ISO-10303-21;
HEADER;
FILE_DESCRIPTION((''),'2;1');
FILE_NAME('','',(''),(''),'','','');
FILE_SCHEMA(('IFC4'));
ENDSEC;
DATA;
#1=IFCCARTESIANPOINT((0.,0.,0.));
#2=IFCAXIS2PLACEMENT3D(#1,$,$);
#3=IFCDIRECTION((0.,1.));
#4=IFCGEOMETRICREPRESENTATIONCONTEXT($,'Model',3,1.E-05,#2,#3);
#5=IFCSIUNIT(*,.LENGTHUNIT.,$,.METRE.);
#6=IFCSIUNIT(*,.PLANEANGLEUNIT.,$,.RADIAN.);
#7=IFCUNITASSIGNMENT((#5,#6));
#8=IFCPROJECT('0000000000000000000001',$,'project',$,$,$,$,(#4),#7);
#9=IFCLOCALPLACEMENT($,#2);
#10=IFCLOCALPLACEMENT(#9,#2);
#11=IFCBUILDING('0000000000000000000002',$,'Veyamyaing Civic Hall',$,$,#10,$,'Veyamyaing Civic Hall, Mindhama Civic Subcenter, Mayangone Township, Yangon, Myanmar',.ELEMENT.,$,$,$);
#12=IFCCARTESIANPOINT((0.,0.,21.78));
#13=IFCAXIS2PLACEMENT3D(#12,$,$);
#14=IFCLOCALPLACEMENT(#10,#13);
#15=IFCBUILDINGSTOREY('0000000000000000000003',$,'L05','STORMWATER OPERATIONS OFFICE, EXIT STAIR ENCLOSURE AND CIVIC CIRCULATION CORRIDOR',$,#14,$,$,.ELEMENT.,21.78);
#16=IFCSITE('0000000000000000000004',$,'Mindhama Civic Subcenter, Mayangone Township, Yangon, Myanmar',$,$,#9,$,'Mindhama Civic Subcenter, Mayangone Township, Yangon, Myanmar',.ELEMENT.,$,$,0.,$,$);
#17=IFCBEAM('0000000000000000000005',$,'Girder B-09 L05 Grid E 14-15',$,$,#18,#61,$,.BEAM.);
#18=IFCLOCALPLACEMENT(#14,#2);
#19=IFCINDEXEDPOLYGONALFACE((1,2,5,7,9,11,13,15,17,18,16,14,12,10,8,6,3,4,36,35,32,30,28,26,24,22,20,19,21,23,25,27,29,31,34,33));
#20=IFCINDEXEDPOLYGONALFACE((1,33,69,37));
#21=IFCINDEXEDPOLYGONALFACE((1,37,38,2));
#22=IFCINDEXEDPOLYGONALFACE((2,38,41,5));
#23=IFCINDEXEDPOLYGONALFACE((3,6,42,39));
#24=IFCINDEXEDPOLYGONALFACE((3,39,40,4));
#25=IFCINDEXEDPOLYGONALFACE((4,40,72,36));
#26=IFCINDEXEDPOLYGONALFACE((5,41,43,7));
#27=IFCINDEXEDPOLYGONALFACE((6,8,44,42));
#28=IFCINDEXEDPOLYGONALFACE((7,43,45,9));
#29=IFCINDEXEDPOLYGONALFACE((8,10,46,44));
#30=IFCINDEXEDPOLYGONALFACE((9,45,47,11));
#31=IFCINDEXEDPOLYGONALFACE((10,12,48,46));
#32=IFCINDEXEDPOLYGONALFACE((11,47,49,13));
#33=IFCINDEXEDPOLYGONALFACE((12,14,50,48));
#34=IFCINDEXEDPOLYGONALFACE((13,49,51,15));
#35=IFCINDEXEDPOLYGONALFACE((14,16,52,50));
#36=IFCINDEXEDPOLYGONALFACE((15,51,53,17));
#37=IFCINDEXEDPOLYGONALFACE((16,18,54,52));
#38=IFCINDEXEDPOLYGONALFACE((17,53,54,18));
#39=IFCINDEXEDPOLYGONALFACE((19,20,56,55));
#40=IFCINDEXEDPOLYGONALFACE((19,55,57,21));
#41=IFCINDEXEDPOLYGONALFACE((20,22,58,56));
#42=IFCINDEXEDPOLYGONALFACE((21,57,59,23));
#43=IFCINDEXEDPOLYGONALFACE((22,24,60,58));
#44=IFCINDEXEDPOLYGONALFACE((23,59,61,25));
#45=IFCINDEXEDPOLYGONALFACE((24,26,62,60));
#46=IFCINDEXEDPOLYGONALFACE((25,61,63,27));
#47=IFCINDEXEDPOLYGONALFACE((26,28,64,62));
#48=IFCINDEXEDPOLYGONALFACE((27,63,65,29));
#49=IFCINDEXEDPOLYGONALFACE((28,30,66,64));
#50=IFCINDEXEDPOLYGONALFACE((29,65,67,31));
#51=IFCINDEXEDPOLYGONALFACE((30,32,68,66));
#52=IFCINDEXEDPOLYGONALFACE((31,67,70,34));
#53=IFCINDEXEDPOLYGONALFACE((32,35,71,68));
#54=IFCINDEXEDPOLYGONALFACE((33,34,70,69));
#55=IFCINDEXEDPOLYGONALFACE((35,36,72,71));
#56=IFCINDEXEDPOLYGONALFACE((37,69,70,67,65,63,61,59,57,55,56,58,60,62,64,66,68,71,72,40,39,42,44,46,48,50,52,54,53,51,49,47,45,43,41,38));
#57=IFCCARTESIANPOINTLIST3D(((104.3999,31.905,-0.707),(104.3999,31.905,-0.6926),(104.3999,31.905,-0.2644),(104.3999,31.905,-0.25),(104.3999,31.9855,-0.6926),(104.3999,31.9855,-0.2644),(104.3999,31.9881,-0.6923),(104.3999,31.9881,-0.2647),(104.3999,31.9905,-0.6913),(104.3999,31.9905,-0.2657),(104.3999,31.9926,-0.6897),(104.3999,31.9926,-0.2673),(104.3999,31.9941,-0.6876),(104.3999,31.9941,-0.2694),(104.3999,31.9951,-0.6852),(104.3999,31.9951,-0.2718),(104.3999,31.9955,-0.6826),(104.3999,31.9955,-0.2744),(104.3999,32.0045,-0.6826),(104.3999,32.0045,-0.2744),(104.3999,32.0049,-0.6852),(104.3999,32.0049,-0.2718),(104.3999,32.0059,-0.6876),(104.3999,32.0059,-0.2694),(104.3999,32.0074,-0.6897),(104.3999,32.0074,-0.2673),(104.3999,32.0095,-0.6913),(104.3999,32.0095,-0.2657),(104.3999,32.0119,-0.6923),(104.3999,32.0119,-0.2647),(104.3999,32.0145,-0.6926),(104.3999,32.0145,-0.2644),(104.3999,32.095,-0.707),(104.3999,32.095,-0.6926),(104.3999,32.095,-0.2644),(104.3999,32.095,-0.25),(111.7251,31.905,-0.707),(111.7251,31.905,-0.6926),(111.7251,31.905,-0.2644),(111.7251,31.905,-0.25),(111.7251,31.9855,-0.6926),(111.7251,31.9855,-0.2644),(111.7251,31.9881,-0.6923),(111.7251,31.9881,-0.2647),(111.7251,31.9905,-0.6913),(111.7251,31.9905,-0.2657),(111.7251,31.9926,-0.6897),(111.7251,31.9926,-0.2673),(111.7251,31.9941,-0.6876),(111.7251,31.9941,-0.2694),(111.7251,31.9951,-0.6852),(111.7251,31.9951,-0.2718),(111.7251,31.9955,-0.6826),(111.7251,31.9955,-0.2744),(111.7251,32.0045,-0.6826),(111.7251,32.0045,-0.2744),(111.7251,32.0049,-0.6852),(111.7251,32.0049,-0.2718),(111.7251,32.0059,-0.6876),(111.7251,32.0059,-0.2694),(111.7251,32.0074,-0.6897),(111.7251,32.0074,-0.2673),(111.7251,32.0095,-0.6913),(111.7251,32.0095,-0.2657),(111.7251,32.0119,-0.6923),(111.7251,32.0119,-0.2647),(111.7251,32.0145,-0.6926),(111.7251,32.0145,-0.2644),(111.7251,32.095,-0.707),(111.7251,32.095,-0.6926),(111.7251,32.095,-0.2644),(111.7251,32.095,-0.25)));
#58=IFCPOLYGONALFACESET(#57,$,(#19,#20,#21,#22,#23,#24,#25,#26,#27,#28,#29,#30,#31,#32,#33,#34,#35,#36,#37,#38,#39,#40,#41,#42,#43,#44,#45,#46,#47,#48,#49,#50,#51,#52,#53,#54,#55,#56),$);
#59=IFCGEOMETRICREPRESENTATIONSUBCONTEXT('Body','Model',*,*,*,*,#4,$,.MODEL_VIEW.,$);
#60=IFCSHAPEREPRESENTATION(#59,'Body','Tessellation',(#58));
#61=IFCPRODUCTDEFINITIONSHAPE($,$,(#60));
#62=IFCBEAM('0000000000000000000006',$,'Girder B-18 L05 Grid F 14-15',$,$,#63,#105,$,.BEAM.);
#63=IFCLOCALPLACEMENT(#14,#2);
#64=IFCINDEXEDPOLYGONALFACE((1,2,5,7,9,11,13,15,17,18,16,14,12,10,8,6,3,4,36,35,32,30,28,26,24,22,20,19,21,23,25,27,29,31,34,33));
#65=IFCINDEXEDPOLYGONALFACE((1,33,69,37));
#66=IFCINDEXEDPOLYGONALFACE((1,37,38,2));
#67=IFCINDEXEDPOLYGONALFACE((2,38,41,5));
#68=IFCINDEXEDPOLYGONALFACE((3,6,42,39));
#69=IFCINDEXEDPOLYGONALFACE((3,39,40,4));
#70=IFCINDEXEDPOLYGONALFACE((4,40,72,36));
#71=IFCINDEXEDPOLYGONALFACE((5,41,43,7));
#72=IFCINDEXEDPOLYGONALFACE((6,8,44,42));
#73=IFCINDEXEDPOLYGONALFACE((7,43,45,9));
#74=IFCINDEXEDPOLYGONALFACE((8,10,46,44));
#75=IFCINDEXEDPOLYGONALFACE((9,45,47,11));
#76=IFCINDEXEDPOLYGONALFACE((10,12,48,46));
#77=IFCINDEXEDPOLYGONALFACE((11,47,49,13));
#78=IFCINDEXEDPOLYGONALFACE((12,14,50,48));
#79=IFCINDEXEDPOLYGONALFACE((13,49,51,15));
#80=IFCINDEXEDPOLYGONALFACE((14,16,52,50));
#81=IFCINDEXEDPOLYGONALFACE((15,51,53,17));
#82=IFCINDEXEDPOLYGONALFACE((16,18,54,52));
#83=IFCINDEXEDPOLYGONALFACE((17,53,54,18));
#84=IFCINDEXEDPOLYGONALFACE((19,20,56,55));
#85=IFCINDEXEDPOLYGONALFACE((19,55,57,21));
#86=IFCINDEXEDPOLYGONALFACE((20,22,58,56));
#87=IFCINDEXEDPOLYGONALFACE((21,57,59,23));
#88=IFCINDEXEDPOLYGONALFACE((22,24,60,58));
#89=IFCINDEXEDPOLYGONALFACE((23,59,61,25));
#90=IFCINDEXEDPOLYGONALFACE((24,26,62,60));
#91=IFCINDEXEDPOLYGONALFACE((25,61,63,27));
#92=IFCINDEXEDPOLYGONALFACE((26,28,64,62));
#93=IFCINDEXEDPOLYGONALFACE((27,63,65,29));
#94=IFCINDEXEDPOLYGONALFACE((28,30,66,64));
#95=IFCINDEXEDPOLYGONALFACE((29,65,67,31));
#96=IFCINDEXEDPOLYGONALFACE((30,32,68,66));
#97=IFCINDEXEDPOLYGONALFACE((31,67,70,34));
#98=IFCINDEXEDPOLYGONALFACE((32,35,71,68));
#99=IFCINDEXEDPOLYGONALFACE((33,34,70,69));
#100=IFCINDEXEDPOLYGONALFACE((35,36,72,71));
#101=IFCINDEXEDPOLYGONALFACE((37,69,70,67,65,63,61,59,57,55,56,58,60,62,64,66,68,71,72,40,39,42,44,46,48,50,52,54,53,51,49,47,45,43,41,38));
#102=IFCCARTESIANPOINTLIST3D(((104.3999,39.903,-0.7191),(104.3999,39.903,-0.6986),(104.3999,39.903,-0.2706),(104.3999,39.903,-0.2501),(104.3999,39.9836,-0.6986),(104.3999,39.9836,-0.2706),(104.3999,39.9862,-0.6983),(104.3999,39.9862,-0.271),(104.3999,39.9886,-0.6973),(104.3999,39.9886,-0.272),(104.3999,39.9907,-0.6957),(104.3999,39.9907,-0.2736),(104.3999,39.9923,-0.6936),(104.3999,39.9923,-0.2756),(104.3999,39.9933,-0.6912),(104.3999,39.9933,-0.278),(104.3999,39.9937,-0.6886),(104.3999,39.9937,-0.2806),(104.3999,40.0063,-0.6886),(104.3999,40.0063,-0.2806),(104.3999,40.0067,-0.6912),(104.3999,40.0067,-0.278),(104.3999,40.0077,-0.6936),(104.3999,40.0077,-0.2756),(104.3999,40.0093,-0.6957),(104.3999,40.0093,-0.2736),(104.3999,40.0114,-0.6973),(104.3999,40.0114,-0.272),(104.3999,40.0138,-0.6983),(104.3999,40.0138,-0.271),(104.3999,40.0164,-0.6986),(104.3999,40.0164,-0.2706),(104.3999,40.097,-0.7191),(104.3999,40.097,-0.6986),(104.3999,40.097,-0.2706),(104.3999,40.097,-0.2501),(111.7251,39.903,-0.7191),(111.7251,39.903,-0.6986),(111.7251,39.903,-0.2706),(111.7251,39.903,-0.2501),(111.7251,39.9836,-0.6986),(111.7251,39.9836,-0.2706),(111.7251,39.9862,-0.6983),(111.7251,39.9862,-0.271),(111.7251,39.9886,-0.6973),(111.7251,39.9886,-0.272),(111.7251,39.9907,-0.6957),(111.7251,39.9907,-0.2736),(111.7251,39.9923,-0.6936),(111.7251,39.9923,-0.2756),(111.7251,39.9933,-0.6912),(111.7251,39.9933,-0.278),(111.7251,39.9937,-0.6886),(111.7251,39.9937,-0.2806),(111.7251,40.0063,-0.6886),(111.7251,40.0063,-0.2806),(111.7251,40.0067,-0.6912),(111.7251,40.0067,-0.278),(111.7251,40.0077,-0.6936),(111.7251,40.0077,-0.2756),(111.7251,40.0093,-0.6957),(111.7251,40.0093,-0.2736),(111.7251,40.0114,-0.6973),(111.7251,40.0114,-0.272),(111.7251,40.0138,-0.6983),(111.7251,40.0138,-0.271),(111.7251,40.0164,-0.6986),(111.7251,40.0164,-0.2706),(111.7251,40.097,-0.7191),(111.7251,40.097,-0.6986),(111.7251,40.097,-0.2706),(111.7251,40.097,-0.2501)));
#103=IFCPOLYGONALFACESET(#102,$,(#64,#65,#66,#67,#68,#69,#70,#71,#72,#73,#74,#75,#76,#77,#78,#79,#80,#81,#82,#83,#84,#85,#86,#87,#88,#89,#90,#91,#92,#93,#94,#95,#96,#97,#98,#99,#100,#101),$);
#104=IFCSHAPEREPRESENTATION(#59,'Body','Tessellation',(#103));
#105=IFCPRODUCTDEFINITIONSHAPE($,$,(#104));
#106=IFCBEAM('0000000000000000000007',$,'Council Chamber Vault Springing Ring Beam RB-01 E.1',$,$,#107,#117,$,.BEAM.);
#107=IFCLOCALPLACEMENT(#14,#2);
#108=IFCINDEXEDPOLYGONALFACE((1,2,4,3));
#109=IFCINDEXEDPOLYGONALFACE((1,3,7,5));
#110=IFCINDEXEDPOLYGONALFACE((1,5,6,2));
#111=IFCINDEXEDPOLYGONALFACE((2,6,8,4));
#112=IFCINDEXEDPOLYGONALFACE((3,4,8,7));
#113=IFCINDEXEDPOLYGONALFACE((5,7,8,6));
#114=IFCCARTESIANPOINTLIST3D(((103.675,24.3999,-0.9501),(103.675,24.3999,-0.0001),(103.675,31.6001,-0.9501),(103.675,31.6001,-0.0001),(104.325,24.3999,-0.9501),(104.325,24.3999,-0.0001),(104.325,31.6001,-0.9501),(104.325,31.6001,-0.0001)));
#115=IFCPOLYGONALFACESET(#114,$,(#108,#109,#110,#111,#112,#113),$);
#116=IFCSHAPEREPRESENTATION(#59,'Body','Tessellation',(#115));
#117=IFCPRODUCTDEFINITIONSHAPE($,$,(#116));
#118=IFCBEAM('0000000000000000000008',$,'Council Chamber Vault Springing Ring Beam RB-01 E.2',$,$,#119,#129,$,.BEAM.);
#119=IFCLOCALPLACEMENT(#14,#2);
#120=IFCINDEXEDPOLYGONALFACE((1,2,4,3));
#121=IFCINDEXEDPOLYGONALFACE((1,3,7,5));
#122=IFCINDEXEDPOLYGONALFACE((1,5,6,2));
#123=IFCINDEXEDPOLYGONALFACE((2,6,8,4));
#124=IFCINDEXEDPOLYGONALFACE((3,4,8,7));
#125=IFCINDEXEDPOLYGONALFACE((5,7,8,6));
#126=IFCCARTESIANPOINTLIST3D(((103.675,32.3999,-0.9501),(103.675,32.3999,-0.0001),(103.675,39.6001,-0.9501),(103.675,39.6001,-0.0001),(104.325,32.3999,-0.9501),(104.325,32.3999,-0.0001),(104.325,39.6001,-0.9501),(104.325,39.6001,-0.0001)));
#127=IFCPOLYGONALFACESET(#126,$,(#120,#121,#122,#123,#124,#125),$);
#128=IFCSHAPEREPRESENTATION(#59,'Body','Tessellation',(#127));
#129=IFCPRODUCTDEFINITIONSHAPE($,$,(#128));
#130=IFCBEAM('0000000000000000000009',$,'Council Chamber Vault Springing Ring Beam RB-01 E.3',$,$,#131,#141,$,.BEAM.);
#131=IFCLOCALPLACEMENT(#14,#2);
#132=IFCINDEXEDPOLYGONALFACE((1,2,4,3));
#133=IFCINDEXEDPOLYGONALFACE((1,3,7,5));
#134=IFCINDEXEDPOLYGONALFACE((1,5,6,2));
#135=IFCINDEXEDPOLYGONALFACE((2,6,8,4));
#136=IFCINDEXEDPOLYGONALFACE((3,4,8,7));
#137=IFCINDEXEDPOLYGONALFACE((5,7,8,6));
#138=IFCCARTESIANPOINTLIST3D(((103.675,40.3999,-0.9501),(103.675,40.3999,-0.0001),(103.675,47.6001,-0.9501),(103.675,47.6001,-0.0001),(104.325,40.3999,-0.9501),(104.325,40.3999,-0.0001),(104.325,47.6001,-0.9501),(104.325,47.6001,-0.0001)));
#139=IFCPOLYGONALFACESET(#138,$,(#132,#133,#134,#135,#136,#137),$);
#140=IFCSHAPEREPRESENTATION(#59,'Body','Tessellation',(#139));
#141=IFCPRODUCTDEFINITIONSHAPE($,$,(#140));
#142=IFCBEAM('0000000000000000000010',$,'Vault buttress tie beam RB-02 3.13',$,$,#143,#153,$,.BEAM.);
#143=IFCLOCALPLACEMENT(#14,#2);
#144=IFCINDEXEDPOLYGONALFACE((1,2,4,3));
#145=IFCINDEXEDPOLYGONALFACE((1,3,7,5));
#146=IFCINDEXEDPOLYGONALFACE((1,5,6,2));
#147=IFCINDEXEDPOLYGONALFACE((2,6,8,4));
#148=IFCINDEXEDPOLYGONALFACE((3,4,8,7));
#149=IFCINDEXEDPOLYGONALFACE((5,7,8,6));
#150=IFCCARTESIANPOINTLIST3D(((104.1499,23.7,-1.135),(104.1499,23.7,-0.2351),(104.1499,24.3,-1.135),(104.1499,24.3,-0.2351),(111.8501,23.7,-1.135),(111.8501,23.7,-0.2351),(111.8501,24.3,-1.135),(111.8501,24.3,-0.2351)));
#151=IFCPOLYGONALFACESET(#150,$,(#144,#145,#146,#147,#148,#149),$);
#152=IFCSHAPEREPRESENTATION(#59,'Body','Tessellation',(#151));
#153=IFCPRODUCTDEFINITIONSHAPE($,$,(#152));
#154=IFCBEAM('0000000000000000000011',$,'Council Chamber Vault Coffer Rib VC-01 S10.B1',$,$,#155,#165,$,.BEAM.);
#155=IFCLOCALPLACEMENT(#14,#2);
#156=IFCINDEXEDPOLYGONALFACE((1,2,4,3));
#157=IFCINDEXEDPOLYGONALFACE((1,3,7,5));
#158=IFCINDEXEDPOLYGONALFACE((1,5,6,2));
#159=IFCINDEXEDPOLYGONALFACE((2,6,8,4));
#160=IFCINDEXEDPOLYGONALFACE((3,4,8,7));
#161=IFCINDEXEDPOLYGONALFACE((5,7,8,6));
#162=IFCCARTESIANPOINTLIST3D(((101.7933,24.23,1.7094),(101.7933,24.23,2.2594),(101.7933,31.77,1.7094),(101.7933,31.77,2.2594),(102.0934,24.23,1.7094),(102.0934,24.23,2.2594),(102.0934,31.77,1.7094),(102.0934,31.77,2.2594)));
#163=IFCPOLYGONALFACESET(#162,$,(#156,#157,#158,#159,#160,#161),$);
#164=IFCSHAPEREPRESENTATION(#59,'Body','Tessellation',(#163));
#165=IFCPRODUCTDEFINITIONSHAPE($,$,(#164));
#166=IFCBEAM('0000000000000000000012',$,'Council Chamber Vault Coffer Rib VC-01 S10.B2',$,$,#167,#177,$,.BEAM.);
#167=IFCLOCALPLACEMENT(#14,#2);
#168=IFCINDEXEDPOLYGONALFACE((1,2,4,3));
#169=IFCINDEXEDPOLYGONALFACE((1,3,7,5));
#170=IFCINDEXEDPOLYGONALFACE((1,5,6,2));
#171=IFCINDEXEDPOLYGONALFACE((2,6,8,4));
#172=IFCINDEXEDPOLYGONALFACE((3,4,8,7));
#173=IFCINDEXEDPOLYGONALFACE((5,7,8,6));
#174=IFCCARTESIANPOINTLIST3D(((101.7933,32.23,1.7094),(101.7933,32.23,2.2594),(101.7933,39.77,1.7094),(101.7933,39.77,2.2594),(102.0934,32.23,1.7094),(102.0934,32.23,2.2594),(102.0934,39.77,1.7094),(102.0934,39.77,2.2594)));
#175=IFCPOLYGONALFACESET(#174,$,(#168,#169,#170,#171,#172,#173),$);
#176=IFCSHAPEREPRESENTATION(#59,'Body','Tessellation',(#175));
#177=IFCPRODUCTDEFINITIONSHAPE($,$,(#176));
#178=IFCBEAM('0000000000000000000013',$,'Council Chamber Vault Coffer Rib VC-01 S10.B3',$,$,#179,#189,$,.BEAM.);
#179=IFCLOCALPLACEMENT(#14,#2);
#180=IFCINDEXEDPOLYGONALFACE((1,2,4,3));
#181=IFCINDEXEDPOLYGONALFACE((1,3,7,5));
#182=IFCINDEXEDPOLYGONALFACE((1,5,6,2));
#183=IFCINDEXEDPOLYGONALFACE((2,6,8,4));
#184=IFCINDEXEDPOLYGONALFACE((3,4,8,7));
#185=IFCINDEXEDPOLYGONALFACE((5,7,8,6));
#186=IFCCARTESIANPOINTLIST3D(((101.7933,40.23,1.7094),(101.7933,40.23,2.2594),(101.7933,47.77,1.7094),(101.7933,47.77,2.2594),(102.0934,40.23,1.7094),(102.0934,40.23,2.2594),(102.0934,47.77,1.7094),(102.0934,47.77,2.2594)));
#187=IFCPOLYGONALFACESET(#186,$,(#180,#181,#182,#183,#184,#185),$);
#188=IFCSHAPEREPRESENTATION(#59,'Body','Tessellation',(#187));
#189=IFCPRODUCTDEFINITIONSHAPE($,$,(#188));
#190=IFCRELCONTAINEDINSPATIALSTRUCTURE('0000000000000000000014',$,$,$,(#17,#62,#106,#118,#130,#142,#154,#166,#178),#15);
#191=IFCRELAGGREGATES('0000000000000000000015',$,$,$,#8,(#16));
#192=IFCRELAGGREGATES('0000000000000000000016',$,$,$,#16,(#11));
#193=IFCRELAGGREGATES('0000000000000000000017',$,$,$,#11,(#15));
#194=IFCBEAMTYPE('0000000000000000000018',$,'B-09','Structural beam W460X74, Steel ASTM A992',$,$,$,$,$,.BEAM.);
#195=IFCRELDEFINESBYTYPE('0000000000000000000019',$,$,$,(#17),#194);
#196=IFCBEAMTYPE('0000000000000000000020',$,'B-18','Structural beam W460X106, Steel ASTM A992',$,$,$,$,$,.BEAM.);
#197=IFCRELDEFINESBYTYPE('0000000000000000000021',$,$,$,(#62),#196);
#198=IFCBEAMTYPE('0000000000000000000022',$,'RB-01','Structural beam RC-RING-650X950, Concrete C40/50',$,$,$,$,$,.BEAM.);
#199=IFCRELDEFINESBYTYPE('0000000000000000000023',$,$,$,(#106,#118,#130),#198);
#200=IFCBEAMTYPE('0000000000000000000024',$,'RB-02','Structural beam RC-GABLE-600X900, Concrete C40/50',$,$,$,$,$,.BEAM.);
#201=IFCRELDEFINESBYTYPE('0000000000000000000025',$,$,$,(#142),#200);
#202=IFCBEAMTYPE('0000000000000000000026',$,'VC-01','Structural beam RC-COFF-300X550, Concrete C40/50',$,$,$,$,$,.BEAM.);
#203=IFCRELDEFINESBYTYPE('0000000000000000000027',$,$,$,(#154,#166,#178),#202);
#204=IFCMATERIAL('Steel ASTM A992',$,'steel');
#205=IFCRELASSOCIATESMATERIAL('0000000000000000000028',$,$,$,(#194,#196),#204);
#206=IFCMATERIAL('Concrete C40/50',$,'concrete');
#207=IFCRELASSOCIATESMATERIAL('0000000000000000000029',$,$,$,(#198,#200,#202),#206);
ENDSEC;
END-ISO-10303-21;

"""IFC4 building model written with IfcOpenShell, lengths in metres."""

from ifc_helpers import new_model, si_unit, direction, frame, origin, origin_2d, place, context, subcontext, project, spatial, rectangle, i_section, extrude, material, material_profile, profile_set, type_object, element, save


model = new_model("IFC4")

# Units and contexts
model_context = context("Model", 3, precision=1e-05, world=origin(), true_north=direction((0.0, 1.0)))
body_context = subcontext(model_context, "Body", "Model", "MODEL_VIEW")
ifc_project = project(units=[si_unit("LENGTHUNIT", "METRE"), si_unit("PLANEANGLEUNIT", "RADIAN")], contexts=[model_context])

# Site, building, storey
site_placement = place(None, origin())
site = spatial("IfcSite", under=ifc_project, at=site_placement, Name="Mindhama Civic Subcenter, Mayangone Township, Yangon, Myanmar", LongName="Mindhama Civic Subcenter, Mayangone Township, Yangon, Myanmar", CompositionType="ELEMENT", RefElevation=0.0)
building_placement = place(site_placement, origin())
building = spatial("IfcBuilding", under=site, at=building_placement, Name="Veyamyaing Civic Hall", LongName="Veyamyaing Civic Hall, Mindhama Civic Subcenter, Mayangone Township, Yangon, Myanmar", CompositionType="ELEMENT")
storey_placement = place(building_placement, frame((0.0, 0.0, 21.78)))
storey = spatial("IfcBuildingStorey", under=building, at=storey_placement, Name="L05", Description="STORMWATER OPERATIONS OFFICE, EXIT STAIR ENCLOSURE AND CIVIC CIRCULATION CORRIDOR", CompositionType="ELEMENT", Elevation=21.78)

# Beams
ifc_material_1 = material(Name="Steel ASTM A992", Category="steel")
ifc_material_profile_1 = material_profile(ifc_material_1, i_section(OverallWidth=0.1899, OverallDepth=0.457, WebThickness=0.009, FlangeThickness=0.0144, FilletRadius=0.01, at=origin_2d()), Name="W460X74")
ifc_profile_set_1 = profile_set([ifc_material_profile_1], Name="Steel ASTM A992")
beam_type_1 = type_object("IfcBeamType", Name="B-09", Description="Structural beam W460X74, Steel ASTM A992", PredefinedType="BEAM", material=ifc_profile_set_1)
beam_1_placement = place(storey_placement, frame((104.3999, 32.0, -0.4785), z_axis=(1.0, 0.0, 0.0), x_axis=(0.0, 1.0, 0.0)))
element("IfcBeam", 1, at=beam_1_placement, inside=storey, type_object=beam_type_1, Name="Girder B-09 L05 Grid E 14-15", PredefinedType="BEAM", context=body_context, shape_type="SweptSolid", body=[
    extrude(i_section(OverallWidth=0.1899, OverallDepth=0.457, WebThickness=0.009, FlangeThickness=0.0144, FilletRadius=0.01, at=origin_2d()), origin(), (0.0, 0.0, 1.0), 7.3252),
])
ifc_material_profile_2 = material_profile(ifc_material_1, i_section(OverallWidth=0.1941, OverallDepth=0.469, WebThickness=0.0127, FlangeThickness=0.0205, FilletRadius=0.01, at=origin_2d()), Name="W460X106")
ifc_profile_set_2 = profile_set([ifc_material_profile_2], Name="Steel ASTM A992")
beam_type_2 = type_object("IfcBeamType", Name="B-18", Description="Structural beam W460X106, Steel ASTM A992", PredefinedType="BEAM", material=ifc_profile_set_2)
beam_2_placement = place(storey_placement, frame((104.3999, 40.0, -0.4846), z_axis=(1.0, 0.0, 0.0), x_axis=(0.0, 1.0, 0.0)))
element("IfcBeam", 2, at=beam_2_placement, inside=storey, type_object=beam_type_2, Name="Girder B-18 L05 Grid F 14-15", PredefinedType="BEAM", context=body_context, shape_type="SweptSolid", body=[
    extrude(i_section(OverallWidth=0.1941, OverallDepth=0.469, WebThickness=0.0127, FlangeThickness=0.0205, FilletRadius=0.01, at=origin_2d()), origin(), (0.0, 0.0, 1.0), 7.3252),
])
ifc_material_2 = material(Name="Concrete C40/50", Category="concrete")
ifc_material_profile_3 = material_profile(ifc_material_2, rectangle(XDim=0.6499, YDim=0.95, at=origin_2d()), Name="RC-RING-650X950")
ifc_profile_set_3 = profile_set([ifc_material_profile_3], Name="Concrete C40/50")
beam_type_3 = type_object("IfcBeamType", Name="RB-01", Description="Structural beam RC-RING-650X950, Concrete C40/50", PredefinedType="BEAM", material=ifc_profile_set_3)
for number, where, z_axis, x_axis, name in (
    (3, (104.0, 24.3999, -0.4751), (0.0, 1.0, 0.0), (-1.0, 0.0, 0.0), "Council Chamber Vault Springing Ring Beam RB-01 E.1"),
    (4, (104.0, 32.3999, -0.4751), (0.0, 1.0, 0.0), (-1.0, 0.0, 0.0), "Council Chamber Vault Springing Ring Beam RB-01 E.2"),
    (5, (104.0, 40.3999, -0.4751), (0.0, 1.0, 0.0), (-1.0, 0.0, 0.0), "Council Chamber Vault Springing Ring Beam RB-01 E.3"),
):
    element("IfcBeam", number, at=place(storey_placement, frame(where, z_axis=z_axis, x_axis=x_axis)), inside=storey, type_object=beam_type_3, Name=name, PredefinedType="BEAM", context=body_context, shape_type="SweptSolid", body=[
        extrude(rectangle(XDim=0.6499, YDim=0.95, at=origin_2d()), origin(), (0.0, 0.0, 1.0), 7.2002),
    ])
ifc_material_profile_4 = material_profile(ifc_material_2, rectangle(XDim=0.6001, YDim=0.8999, at=origin_2d()), Name="RC-GABLE-600X900")
ifc_profile_set_4 = profile_set([ifc_material_profile_4], Name="Concrete C40/50")
beam_type_4 = type_object("IfcBeamType", Name="RB-02", Description="Structural beam RC-GABLE-600X900, Concrete C40/50", PredefinedType="BEAM", material=ifc_profile_set_4)
beam_3_placement = place(storey_placement, frame((104.1499, 24.0, -0.6851), z_axis=(1.0, 0.0, 0.0), x_axis=(0.0, 1.0, 0.0)))
element("IfcBeam", 6, at=beam_3_placement, inside=storey, type_object=beam_type_4, Name="Vault buttress tie beam RB-02 3.13", PredefinedType="BEAM", context=body_context, shape_type="SweptSolid", body=[
    extrude(rectangle(XDim=0.6001, YDim=0.8999, at=origin_2d()), origin(), (0.0, 0.0, 1.0), 7.7002),
])
ifc_material_profile_5 = material_profile(ifc_material_2, rectangle(XDim=0.3, YDim=0.55, at=origin_2d()), Name="RC-COFF-300X550")
ifc_profile_set_5 = profile_set([ifc_material_profile_5], Name="Concrete C40/50")
beam_type_5 = type_object("IfcBeamType", Name="VC-01", Description="Structural beam RC-COFF-300X550, Concrete C40/50", PredefinedType="BEAM", material=ifc_profile_set_5)
for number, where, z_axis, x_axis, name in (
    (7, (101.9434, 24.23, 1.9844), (0.0, 1.0, 0.0), (-1.0, 0.0, 0.0), "Council Chamber Vault Coffer Rib VC-01 S10.B1"),
    (8, (101.9434, 32.23, 1.9844), (0.0, 1.0, 0.0), (-1.0, 0.0, 0.0), "Council Chamber Vault Coffer Rib VC-01 S10.B2"),
    (9, (101.9434, 40.23, 1.9844), (0.0, 1.0, 0.0), (-1.0, 0.0, 0.0), "Council Chamber Vault Coffer Rib VC-01 S10.B3"),
):
    element("IfcBeam", number, at=place(storey_placement, frame(where, z_axis=z_axis, x_axis=x_axis)), inside=storey, type_object=beam_type_5, Name=name, PredefinedType="BEAM", context=body_context, shape_type="SweptSolid", body=[
        extrude(rectangle(XDim=0.3, YDim=0.55, at=origin_2d()), origin(), (0.0, 0.0, 1.0), 7.54),
    ])

save(model, "model.ifc")
